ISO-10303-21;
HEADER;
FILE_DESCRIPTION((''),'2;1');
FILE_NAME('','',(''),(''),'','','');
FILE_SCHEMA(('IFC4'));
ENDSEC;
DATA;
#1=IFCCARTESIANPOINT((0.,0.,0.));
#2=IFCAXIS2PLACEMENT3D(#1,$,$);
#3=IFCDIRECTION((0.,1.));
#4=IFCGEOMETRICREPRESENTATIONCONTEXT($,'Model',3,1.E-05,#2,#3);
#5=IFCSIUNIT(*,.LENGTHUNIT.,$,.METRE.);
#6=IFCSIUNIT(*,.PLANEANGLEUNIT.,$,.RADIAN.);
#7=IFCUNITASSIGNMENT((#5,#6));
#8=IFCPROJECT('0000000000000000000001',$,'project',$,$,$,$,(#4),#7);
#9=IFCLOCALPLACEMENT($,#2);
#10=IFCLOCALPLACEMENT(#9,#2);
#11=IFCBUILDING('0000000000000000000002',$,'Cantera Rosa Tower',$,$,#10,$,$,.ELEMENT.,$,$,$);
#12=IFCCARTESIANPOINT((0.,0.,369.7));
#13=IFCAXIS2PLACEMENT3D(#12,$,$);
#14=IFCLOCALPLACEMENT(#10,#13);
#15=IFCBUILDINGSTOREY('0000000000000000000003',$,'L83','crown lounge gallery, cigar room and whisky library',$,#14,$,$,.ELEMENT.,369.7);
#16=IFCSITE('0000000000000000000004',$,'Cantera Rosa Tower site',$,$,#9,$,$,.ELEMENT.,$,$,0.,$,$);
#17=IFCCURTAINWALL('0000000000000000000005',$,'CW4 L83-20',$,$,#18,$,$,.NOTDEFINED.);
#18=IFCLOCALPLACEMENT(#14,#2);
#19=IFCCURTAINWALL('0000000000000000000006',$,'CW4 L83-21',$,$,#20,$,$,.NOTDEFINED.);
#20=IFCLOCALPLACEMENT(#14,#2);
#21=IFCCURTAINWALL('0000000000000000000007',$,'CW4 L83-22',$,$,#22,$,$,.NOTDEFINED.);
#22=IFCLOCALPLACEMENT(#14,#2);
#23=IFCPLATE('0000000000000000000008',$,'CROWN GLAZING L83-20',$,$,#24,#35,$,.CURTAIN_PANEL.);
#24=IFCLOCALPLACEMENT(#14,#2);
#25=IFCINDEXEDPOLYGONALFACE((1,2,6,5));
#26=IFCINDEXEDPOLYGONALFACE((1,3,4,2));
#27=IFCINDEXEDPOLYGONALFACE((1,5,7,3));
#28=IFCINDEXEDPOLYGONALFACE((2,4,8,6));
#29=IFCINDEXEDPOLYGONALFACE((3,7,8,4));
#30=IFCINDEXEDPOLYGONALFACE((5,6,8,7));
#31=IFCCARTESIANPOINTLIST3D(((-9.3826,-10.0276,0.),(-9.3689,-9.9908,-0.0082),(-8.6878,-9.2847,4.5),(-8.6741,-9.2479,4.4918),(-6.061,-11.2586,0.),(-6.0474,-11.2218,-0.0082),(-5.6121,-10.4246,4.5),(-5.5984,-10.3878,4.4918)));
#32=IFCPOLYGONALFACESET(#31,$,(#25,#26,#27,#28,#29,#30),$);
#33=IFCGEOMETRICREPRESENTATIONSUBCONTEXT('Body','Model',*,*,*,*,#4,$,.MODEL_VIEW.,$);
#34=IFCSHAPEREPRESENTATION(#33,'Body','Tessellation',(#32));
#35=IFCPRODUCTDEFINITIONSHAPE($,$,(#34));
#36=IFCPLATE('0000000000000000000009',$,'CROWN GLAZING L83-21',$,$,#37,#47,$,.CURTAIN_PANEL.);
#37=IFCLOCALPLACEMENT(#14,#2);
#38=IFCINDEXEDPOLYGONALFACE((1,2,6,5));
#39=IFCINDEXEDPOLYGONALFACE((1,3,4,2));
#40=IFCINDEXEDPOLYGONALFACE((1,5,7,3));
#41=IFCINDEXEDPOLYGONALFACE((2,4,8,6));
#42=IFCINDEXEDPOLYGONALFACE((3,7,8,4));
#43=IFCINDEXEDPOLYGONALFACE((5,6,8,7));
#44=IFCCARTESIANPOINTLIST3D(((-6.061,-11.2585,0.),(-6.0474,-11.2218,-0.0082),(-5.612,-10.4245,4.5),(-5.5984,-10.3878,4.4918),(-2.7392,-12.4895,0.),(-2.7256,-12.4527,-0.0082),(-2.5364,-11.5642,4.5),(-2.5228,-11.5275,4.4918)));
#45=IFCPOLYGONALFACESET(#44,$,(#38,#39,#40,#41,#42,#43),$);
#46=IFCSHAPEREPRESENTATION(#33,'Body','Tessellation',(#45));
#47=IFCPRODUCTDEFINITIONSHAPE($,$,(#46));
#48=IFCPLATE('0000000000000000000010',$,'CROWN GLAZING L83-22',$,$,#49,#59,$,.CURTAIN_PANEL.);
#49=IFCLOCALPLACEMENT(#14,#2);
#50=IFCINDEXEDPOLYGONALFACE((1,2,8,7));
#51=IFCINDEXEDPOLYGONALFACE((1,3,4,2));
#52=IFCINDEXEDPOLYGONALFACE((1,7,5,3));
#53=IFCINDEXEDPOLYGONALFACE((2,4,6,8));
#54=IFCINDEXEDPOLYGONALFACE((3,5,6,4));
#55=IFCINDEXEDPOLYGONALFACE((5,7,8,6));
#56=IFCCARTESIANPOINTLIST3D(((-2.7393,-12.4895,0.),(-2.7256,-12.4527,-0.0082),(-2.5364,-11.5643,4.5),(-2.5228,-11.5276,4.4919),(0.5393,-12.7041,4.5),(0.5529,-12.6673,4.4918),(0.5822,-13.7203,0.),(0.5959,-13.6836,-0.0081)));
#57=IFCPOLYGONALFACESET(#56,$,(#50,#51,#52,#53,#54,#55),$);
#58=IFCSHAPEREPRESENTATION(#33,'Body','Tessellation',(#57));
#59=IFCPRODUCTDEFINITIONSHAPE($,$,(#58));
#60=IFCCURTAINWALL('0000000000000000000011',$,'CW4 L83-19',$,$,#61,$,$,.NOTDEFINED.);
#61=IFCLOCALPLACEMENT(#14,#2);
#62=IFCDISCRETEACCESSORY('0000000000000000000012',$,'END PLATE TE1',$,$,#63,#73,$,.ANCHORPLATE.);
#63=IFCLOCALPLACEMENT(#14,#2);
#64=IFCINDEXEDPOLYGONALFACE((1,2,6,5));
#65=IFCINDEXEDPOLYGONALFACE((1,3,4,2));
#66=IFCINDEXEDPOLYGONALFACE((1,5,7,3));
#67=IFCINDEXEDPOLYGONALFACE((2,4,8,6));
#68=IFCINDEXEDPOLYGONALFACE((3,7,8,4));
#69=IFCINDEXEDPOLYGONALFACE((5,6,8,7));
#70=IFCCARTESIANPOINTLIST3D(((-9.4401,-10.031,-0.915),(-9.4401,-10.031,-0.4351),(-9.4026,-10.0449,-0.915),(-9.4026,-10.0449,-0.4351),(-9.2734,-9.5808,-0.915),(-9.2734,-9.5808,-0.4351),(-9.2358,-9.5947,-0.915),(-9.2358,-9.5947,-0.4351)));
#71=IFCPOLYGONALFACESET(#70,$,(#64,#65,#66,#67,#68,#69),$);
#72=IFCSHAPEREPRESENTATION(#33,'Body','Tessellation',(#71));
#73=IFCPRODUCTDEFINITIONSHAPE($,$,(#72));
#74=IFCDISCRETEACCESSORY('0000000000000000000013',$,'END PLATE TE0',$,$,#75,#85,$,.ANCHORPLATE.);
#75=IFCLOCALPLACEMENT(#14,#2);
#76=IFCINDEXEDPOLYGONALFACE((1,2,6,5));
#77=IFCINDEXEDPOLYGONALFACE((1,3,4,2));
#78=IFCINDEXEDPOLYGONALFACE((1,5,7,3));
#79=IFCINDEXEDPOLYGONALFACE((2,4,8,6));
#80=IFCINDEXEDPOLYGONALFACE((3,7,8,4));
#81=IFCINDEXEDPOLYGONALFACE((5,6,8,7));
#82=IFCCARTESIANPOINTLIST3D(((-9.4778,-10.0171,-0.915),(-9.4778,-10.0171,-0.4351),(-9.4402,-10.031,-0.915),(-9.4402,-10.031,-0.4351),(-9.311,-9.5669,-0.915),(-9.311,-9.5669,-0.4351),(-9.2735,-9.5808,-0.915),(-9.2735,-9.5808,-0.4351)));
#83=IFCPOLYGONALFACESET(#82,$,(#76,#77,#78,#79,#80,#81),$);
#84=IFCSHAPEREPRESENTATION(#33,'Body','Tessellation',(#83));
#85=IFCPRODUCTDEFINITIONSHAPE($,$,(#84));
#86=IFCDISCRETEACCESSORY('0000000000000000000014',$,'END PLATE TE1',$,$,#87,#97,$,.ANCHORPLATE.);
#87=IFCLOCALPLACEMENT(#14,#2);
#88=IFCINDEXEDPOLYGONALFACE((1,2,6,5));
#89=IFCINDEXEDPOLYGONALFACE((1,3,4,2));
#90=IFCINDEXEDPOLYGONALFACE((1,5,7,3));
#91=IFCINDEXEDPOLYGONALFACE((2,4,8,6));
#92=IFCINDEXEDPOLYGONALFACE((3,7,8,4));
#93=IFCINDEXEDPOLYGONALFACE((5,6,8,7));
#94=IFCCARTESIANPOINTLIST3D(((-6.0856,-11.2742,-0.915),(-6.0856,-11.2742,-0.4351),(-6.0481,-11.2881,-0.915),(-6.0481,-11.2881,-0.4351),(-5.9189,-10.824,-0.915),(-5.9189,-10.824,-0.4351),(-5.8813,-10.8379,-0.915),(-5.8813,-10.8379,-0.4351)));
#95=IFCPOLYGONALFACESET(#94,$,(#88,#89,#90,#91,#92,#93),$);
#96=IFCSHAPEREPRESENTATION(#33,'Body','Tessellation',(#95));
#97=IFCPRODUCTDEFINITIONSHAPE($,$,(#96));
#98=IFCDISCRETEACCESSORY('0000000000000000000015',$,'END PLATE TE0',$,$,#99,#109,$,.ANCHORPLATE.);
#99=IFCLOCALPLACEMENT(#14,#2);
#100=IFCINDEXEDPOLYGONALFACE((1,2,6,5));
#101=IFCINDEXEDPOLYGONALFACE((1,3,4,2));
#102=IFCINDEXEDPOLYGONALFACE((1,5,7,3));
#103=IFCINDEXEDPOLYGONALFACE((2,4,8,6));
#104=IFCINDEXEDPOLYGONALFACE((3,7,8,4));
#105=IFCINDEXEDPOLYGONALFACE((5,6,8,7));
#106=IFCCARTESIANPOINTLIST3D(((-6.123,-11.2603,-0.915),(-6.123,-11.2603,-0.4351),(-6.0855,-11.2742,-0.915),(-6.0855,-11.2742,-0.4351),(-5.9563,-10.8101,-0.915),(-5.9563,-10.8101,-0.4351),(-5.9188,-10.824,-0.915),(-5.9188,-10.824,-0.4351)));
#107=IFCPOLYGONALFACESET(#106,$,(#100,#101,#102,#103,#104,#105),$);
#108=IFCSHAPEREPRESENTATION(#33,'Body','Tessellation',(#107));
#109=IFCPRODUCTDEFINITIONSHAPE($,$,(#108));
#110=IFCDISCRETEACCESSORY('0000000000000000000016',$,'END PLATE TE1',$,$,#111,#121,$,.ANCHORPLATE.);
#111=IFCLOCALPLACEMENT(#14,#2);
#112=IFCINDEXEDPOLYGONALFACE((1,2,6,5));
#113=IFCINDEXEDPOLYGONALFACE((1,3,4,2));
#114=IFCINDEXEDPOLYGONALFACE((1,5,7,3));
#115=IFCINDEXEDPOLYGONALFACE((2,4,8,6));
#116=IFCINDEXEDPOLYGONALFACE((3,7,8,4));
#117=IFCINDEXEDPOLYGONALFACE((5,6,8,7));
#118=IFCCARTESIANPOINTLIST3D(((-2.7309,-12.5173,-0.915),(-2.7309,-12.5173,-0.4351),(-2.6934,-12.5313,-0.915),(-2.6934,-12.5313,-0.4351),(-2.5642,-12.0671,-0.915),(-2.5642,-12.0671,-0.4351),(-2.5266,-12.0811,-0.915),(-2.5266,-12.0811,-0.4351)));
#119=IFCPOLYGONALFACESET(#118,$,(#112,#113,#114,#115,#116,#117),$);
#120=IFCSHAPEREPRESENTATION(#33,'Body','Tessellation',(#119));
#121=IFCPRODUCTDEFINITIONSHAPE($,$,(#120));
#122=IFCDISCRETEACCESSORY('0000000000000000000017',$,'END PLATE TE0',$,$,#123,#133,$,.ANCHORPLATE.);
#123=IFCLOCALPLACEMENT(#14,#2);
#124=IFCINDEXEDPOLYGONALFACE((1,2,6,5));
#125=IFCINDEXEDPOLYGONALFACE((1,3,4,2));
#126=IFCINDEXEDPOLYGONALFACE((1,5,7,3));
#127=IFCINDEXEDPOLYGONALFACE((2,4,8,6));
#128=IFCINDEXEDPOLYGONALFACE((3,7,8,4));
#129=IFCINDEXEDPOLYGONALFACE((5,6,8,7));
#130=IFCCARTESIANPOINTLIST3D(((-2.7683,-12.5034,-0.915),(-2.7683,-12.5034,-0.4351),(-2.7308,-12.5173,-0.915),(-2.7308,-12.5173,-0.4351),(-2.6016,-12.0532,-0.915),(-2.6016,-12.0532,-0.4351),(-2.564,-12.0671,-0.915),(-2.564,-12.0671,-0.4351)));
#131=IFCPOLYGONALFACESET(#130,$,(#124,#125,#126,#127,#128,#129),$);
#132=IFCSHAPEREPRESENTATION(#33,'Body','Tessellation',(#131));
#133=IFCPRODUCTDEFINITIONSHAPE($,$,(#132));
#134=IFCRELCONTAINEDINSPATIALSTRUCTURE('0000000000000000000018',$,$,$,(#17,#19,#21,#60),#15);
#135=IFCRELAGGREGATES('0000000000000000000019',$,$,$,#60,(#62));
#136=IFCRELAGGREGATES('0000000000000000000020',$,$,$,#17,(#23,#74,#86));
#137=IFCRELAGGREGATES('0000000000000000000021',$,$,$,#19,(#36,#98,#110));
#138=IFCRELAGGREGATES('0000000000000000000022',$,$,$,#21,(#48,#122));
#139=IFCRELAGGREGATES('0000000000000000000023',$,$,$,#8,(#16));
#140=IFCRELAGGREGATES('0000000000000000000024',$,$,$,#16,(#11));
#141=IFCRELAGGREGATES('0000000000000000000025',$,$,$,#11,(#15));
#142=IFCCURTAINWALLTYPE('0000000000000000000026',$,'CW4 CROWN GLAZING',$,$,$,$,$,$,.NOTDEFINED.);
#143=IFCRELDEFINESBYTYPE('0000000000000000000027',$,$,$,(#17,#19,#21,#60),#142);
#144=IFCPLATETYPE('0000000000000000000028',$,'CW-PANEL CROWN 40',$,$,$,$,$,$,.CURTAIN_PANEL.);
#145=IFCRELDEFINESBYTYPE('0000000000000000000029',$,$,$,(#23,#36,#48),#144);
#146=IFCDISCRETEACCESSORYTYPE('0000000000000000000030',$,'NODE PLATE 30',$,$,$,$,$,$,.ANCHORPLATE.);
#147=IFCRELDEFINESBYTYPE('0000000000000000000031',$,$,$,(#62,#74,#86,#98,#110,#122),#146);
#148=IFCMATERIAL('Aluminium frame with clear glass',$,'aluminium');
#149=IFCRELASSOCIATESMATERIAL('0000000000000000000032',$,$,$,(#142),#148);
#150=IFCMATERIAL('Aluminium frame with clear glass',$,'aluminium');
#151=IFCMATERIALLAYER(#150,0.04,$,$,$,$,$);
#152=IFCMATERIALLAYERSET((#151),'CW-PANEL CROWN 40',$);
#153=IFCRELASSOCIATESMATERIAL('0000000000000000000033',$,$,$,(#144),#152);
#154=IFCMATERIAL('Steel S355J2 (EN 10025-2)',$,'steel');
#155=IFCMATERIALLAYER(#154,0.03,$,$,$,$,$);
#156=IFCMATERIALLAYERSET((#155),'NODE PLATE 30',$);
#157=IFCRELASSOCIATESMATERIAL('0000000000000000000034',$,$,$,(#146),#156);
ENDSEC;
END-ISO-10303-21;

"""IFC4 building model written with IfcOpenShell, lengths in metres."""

from ifc_helpers import new_model, si_unit, direction, frame, origin, place, context, subcontext, project, spatial, polyline, outline, extrude, material, layer, layer_set, type_object, element, aggregate, save


model = new_model("IFC4")

# Units and contexts
model_context = context("Model", 3, precision=1e-05, world=origin(), true_north=direction((0.0, 1.0)))
body_context = subcontext(model_context, "Body", "Model", "MODEL_VIEW")
ifc_project = project(units=[si_unit("LENGTHUNIT", "METRE"), si_unit("PLANEANGLEUNIT", "RADIAN")], contexts=[model_context])

# Site, building, storey
site_placement = place(None, origin())
site = spatial("IfcSite", under=ifc_project, at=site_placement, Name="Cantera Rosa Tower site", CompositionType="ELEMENT", RefElevation=0.0)
building_placement = place(site_placement, origin())
building = spatial("IfcBuilding", under=site, at=building_placement, Name="Cantera Rosa Tower", CompositionType="ELEMENT")
storey_placement = place(building_placement, frame((0.0, 0.0, 369.7)))
storey = spatial("IfcBuildingStorey", under=building, at=storey_placement, Name="L83", Description="crown lounge gallery, cigar room and whisky library", CompositionType="ELEMENT", Elevation=369.7)

# Curtain walls
ifc_material_1 = material(Name="Aluminium frame with clear glass", Category="aluminium")
curtain_wall_type = type_object("IfcCurtainWallType", Name="CW4 CROWN GLAZING", PredefinedType="NOTDEFINED", material=ifc_material_1)
curtain_wall_1_placement = place(storey_placement, origin())
curtain_wall_1 = element("IfcCurtainWall", 1, at=curtain_wall_1_placement, inside=storey, type_object=curtain_wall_type, Name="CW4 L83-20", PredefinedType="NOTDEFINED")
curtain_wall_2_placement = place(storey_placement, origin())
curtain_wall_2 = element("IfcCurtainWall", 2, at=curtain_wall_2_placement, inside=storey, type_object=curtain_wall_type, Name="CW4 L83-21", PredefinedType="NOTDEFINED")
curtain_wall_3_placement = place(storey_placement, origin())
curtain_wall_3 = element("IfcCurtainWall", 3, at=curtain_wall_3_placement, inside=storey, type_object=curtain_wall_type, Name="CW4 L83-22", PredefinedType="NOTDEFINED")

# Plates
ifc_material_2 = material(Name="Aluminium frame with clear glass", Category="aluminium")
ifc_layer_1 = layer(ifc_material_2, 0.04)
ifc_layer_set_1 = layer_set([ifc_layer_1], Name="CW-PANEL CROWN 40")
plate_type = type_object("IfcPlateType", Name="CW-PANEL CROWN 40", PredefinedType="CURTAIN_PANEL", material=ifc_layer_set_1)
plate_1_placement = place(storey_placement, frame((-9.3826, -10.0276, 0.0), z_axis=(-0.340196, -0.917945, 0.20407), x_axis=(0.937677, -0.347509, 0.000001)))
plate_1 = element("IfcPlate", 4, at=plate_1_placement, type_object=plate_type, Name="CROWN GLAZING L83-20", PredefinedType="CURTAIN_PANEL", context=body_context, shape_type="SweptSolid", body=[
    extrude(outline(polyline([(0.0, 0.0), (3.5423, 0.0), (3.6735, 4.5967), (0.3934, 4.5967), (0.0, 0.0)])), origin(), (0.0, 0.0, -1.0), 0.04),
])
plate_2_placement = place(storey_placement, frame((-6.061, -11.2585, 0.0), z_axis=(-0.340154, -0.917959, 0.204075), x_axis=(0.937692, -0.347466, -0.000003)))
plate_2 = element("IfcPlate", 5, at=plate_2_placement, type_object=plate_type, Name="CROWN GLAZING L83-21", PredefinedType="CURTAIN_PANEL", context=body_context, shape_type="SweptSolid", body=[
    extrude(outline(polyline([(0.0, 0.0), (3.5425, 0.0), (3.4112, 4.5967), (0.1312, 4.5967), (0.0, 0.0)])), origin(), (0.0, 0.0, -1.0), 0.04),
])
plate_3_placement = place(storey_placement, frame((-2.7393, -12.4895, 0.0), z_axis=(-0.340166, -0.917958, 0.204058), x_axis=(0.937689, -0.347476, 0.000008)))
plate_3 = element("IfcPlate", 6, at=plate_3_placement, type_object=plate_type, Name="CROWN GLAZING L83-22", PredefinedType="CURTAIN_PANEL", context=body_context, shape_type="SweptSolid", body=[
    extrude(outline(polyline([(0.0, 0.0), (3.5422, 0.0), (3.1489, 4.5967), (-0.1312, 4.5967), (0.0, 0.0)])), origin(), (0.0, 0.0, -1.0), 0.04),
])

# Curtain wall, discrete accessory
curtain_wall_4_placement = place(storey_placement, origin())
curtain_wall_4 = element("IfcCurtainWall", 7, at=curtain_wall_4_placement, inside=storey, type_object=curtain_wall_type, Name="CW4 L83-19", PredefinedType="NOTDEFINED")
ifc_material_3 = material(Name="Steel S355J2 (EN 10025-2)", Category="steel")
ifc_layer_2 = layer(ifc_material_3, 0.03)
ifc_layer_set_2 = layer_set([ifc_layer_2], Name="NODE PLATE 30")
discrete_accessory_type = type_object("IfcDiscreteAccessoryType", Name="NODE PLATE 30", PredefinedType="ANCHORPLATE", material=ifc_layer_set_2)
discrete_accessory_1_placement = place(storey_placement, frame((-9.2358, -9.5947, -0.4351), z_axis=(0.937743, -0.347331, 0.0), x_axis=(-0.347331, -0.937743, 0.0)))
discrete_accessory_1 = element("IfcDiscreteAccessory", 8, at=discrete_accessory_1_placement, type_object=discrete_accessory_type, Name="END PLATE TE1", PredefinedType="ANCHORPLATE", context=body_context, shape_type="SweptSolid", body=[
    extrude(outline(polyline([(0.0, 0.0), (0.4801, 0.0), (0.4801, 0.48), (0.0, 0.48), (0.0, 0.0)])), origin(), (0.0, 0.0, -1.0), 0.04),
])
aggregate(curtain_wall_4, [discrete_accessory_1])

# Discrete accessories
discrete_accessory_2_placement = place(storey_placement, frame((-9.4778, -10.0171, -0.4351), z_axis=(-0.937743, 0.347331, 0.0), x_axis=(0.347331, 0.937743, 0.0)))
discrete_accessory_2 = element("IfcDiscreteAccessory", 9, at=discrete_accessory_2_placement, type_object=discrete_accessory_type, Name="END PLATE TE0", PredefinedType="ANCHORPLATE", context=body_context, shape_type="SweptSolid", body=[
    extrude(outline(polyline([(0.0, 0.0), (0.4801, 0.0), (0.4801, 0.48), (0.0, 0.48), (0.0, 0.0)])), origin(), (0.0, 0.0, -1.0), 0.04),
])
discrete_accessory_3_placement = place(storey_placement, frame((-5.8813, -10.8379, -0.4351), z_axis=(0.937743, -0.347331, 0.0), x_axis=(-0.347331, -0.937743, 0.0)))
discrete_accessory_3 = element("IfcDiscreteAccessory", 10, at=discrete_accessory_3_placement, type_object=discrete_accessory_type, Name="END PLATE TE1", PredefinedType="ANCHORPLATE", context=body_context, shape_type="SweptSolid", body=[
    extrude(outline(polyline([(0.0, 0.0), (0.4801, 0.0), (0.4801, 0.48), (0.0, 0.48), (0.0, 0.0)])), origin(), (0.0, 0.0, -1.0), 0.04),
])
aggregate(curtain_wall_1, [plate_1, discrete_accessory_2, discrete_accessory_3])
discrete_accessory_4_placement = place(storey_placement, frame((-6.123, -11.2603, -0.4351), z_axis=(-0.937743, 0.347331, 0.0), x_axis=(0.347331, 0.937743, 0.0)))
discrete_accessory_4 = element("IfcDiscreteAccessory", 11, at=discrete_accessory_4_placement, type_object=discrete_accessory_type, Name="END PLATE TE0", PredefinedType="ANCHORPLATE", context=body_context, shape_type="SweptSolid", body=[
    extrude(outline(polyline([(0.0, 0.0), (0.4801, 0.0), (0.4801, 0.48), (0.0, 0.48), (0.0, 0.0)])), origin(), (0.0, 0.0, -1.0), 0.04),
])
discrete_accessory_5_placement = place(storey_placement, frame((-2.5266, -12.0811, -0.4351), z_axis=(0.937743, -0.347331, 0.0), x_axis=(-0.347331, -0.937743, 0.0)))
discrete_accessory_5 = element("IfcDiscreteAccessory", 12, at=discrete_accessory_5_placement, type_object=discrete_accessory_type, Name="END PLATE TE1", PredefinedType="ANCHORPLATE", context=body_context, shape_type="SweptSolid", body=[
    extrude(outline(polyline([(0.0, 0.0), (0.4801, 0.0), (0.4801, 0.48), (0.0, 0.48), (0.0, 0.0)])), origin(), (0.0, 0.0, -1.0), 0.04),
])
aggregate(curtain_wall_2, [plate_2, discrete_accessory_4, discrete_accessory_5])
discrete_accessory_6_placement = place(storey_placement, frame((-2.7683, -12.5034, -0.4351), z_axis=(-0.937743, 0.347331, 0.0), x_axis=(0.347331, 0.937743, 0.0)))
discrete_accessory_6 = element("IfcDiscreteAccessory", 13, at=discrete_accessory_6_placement, type_object=discrete_accessory_type, Name="END PLATE TE0", PredefinedType="ANCHORPLATE", context=body_context, shape_type="SweptSolid", body=[
    extrude(outline(polyline([(0.0, 0.0), (0.4801, 0.0), (0.4801, 0.48), (0.0, 0.48), (0.0, 0.0)])), origin(), (0.0, 0.0, -1.0), 0.04),
])
aggregate(curtain_wall_3, [plate_3, discrete_accessory_6])

save(model, "model.ifc")
